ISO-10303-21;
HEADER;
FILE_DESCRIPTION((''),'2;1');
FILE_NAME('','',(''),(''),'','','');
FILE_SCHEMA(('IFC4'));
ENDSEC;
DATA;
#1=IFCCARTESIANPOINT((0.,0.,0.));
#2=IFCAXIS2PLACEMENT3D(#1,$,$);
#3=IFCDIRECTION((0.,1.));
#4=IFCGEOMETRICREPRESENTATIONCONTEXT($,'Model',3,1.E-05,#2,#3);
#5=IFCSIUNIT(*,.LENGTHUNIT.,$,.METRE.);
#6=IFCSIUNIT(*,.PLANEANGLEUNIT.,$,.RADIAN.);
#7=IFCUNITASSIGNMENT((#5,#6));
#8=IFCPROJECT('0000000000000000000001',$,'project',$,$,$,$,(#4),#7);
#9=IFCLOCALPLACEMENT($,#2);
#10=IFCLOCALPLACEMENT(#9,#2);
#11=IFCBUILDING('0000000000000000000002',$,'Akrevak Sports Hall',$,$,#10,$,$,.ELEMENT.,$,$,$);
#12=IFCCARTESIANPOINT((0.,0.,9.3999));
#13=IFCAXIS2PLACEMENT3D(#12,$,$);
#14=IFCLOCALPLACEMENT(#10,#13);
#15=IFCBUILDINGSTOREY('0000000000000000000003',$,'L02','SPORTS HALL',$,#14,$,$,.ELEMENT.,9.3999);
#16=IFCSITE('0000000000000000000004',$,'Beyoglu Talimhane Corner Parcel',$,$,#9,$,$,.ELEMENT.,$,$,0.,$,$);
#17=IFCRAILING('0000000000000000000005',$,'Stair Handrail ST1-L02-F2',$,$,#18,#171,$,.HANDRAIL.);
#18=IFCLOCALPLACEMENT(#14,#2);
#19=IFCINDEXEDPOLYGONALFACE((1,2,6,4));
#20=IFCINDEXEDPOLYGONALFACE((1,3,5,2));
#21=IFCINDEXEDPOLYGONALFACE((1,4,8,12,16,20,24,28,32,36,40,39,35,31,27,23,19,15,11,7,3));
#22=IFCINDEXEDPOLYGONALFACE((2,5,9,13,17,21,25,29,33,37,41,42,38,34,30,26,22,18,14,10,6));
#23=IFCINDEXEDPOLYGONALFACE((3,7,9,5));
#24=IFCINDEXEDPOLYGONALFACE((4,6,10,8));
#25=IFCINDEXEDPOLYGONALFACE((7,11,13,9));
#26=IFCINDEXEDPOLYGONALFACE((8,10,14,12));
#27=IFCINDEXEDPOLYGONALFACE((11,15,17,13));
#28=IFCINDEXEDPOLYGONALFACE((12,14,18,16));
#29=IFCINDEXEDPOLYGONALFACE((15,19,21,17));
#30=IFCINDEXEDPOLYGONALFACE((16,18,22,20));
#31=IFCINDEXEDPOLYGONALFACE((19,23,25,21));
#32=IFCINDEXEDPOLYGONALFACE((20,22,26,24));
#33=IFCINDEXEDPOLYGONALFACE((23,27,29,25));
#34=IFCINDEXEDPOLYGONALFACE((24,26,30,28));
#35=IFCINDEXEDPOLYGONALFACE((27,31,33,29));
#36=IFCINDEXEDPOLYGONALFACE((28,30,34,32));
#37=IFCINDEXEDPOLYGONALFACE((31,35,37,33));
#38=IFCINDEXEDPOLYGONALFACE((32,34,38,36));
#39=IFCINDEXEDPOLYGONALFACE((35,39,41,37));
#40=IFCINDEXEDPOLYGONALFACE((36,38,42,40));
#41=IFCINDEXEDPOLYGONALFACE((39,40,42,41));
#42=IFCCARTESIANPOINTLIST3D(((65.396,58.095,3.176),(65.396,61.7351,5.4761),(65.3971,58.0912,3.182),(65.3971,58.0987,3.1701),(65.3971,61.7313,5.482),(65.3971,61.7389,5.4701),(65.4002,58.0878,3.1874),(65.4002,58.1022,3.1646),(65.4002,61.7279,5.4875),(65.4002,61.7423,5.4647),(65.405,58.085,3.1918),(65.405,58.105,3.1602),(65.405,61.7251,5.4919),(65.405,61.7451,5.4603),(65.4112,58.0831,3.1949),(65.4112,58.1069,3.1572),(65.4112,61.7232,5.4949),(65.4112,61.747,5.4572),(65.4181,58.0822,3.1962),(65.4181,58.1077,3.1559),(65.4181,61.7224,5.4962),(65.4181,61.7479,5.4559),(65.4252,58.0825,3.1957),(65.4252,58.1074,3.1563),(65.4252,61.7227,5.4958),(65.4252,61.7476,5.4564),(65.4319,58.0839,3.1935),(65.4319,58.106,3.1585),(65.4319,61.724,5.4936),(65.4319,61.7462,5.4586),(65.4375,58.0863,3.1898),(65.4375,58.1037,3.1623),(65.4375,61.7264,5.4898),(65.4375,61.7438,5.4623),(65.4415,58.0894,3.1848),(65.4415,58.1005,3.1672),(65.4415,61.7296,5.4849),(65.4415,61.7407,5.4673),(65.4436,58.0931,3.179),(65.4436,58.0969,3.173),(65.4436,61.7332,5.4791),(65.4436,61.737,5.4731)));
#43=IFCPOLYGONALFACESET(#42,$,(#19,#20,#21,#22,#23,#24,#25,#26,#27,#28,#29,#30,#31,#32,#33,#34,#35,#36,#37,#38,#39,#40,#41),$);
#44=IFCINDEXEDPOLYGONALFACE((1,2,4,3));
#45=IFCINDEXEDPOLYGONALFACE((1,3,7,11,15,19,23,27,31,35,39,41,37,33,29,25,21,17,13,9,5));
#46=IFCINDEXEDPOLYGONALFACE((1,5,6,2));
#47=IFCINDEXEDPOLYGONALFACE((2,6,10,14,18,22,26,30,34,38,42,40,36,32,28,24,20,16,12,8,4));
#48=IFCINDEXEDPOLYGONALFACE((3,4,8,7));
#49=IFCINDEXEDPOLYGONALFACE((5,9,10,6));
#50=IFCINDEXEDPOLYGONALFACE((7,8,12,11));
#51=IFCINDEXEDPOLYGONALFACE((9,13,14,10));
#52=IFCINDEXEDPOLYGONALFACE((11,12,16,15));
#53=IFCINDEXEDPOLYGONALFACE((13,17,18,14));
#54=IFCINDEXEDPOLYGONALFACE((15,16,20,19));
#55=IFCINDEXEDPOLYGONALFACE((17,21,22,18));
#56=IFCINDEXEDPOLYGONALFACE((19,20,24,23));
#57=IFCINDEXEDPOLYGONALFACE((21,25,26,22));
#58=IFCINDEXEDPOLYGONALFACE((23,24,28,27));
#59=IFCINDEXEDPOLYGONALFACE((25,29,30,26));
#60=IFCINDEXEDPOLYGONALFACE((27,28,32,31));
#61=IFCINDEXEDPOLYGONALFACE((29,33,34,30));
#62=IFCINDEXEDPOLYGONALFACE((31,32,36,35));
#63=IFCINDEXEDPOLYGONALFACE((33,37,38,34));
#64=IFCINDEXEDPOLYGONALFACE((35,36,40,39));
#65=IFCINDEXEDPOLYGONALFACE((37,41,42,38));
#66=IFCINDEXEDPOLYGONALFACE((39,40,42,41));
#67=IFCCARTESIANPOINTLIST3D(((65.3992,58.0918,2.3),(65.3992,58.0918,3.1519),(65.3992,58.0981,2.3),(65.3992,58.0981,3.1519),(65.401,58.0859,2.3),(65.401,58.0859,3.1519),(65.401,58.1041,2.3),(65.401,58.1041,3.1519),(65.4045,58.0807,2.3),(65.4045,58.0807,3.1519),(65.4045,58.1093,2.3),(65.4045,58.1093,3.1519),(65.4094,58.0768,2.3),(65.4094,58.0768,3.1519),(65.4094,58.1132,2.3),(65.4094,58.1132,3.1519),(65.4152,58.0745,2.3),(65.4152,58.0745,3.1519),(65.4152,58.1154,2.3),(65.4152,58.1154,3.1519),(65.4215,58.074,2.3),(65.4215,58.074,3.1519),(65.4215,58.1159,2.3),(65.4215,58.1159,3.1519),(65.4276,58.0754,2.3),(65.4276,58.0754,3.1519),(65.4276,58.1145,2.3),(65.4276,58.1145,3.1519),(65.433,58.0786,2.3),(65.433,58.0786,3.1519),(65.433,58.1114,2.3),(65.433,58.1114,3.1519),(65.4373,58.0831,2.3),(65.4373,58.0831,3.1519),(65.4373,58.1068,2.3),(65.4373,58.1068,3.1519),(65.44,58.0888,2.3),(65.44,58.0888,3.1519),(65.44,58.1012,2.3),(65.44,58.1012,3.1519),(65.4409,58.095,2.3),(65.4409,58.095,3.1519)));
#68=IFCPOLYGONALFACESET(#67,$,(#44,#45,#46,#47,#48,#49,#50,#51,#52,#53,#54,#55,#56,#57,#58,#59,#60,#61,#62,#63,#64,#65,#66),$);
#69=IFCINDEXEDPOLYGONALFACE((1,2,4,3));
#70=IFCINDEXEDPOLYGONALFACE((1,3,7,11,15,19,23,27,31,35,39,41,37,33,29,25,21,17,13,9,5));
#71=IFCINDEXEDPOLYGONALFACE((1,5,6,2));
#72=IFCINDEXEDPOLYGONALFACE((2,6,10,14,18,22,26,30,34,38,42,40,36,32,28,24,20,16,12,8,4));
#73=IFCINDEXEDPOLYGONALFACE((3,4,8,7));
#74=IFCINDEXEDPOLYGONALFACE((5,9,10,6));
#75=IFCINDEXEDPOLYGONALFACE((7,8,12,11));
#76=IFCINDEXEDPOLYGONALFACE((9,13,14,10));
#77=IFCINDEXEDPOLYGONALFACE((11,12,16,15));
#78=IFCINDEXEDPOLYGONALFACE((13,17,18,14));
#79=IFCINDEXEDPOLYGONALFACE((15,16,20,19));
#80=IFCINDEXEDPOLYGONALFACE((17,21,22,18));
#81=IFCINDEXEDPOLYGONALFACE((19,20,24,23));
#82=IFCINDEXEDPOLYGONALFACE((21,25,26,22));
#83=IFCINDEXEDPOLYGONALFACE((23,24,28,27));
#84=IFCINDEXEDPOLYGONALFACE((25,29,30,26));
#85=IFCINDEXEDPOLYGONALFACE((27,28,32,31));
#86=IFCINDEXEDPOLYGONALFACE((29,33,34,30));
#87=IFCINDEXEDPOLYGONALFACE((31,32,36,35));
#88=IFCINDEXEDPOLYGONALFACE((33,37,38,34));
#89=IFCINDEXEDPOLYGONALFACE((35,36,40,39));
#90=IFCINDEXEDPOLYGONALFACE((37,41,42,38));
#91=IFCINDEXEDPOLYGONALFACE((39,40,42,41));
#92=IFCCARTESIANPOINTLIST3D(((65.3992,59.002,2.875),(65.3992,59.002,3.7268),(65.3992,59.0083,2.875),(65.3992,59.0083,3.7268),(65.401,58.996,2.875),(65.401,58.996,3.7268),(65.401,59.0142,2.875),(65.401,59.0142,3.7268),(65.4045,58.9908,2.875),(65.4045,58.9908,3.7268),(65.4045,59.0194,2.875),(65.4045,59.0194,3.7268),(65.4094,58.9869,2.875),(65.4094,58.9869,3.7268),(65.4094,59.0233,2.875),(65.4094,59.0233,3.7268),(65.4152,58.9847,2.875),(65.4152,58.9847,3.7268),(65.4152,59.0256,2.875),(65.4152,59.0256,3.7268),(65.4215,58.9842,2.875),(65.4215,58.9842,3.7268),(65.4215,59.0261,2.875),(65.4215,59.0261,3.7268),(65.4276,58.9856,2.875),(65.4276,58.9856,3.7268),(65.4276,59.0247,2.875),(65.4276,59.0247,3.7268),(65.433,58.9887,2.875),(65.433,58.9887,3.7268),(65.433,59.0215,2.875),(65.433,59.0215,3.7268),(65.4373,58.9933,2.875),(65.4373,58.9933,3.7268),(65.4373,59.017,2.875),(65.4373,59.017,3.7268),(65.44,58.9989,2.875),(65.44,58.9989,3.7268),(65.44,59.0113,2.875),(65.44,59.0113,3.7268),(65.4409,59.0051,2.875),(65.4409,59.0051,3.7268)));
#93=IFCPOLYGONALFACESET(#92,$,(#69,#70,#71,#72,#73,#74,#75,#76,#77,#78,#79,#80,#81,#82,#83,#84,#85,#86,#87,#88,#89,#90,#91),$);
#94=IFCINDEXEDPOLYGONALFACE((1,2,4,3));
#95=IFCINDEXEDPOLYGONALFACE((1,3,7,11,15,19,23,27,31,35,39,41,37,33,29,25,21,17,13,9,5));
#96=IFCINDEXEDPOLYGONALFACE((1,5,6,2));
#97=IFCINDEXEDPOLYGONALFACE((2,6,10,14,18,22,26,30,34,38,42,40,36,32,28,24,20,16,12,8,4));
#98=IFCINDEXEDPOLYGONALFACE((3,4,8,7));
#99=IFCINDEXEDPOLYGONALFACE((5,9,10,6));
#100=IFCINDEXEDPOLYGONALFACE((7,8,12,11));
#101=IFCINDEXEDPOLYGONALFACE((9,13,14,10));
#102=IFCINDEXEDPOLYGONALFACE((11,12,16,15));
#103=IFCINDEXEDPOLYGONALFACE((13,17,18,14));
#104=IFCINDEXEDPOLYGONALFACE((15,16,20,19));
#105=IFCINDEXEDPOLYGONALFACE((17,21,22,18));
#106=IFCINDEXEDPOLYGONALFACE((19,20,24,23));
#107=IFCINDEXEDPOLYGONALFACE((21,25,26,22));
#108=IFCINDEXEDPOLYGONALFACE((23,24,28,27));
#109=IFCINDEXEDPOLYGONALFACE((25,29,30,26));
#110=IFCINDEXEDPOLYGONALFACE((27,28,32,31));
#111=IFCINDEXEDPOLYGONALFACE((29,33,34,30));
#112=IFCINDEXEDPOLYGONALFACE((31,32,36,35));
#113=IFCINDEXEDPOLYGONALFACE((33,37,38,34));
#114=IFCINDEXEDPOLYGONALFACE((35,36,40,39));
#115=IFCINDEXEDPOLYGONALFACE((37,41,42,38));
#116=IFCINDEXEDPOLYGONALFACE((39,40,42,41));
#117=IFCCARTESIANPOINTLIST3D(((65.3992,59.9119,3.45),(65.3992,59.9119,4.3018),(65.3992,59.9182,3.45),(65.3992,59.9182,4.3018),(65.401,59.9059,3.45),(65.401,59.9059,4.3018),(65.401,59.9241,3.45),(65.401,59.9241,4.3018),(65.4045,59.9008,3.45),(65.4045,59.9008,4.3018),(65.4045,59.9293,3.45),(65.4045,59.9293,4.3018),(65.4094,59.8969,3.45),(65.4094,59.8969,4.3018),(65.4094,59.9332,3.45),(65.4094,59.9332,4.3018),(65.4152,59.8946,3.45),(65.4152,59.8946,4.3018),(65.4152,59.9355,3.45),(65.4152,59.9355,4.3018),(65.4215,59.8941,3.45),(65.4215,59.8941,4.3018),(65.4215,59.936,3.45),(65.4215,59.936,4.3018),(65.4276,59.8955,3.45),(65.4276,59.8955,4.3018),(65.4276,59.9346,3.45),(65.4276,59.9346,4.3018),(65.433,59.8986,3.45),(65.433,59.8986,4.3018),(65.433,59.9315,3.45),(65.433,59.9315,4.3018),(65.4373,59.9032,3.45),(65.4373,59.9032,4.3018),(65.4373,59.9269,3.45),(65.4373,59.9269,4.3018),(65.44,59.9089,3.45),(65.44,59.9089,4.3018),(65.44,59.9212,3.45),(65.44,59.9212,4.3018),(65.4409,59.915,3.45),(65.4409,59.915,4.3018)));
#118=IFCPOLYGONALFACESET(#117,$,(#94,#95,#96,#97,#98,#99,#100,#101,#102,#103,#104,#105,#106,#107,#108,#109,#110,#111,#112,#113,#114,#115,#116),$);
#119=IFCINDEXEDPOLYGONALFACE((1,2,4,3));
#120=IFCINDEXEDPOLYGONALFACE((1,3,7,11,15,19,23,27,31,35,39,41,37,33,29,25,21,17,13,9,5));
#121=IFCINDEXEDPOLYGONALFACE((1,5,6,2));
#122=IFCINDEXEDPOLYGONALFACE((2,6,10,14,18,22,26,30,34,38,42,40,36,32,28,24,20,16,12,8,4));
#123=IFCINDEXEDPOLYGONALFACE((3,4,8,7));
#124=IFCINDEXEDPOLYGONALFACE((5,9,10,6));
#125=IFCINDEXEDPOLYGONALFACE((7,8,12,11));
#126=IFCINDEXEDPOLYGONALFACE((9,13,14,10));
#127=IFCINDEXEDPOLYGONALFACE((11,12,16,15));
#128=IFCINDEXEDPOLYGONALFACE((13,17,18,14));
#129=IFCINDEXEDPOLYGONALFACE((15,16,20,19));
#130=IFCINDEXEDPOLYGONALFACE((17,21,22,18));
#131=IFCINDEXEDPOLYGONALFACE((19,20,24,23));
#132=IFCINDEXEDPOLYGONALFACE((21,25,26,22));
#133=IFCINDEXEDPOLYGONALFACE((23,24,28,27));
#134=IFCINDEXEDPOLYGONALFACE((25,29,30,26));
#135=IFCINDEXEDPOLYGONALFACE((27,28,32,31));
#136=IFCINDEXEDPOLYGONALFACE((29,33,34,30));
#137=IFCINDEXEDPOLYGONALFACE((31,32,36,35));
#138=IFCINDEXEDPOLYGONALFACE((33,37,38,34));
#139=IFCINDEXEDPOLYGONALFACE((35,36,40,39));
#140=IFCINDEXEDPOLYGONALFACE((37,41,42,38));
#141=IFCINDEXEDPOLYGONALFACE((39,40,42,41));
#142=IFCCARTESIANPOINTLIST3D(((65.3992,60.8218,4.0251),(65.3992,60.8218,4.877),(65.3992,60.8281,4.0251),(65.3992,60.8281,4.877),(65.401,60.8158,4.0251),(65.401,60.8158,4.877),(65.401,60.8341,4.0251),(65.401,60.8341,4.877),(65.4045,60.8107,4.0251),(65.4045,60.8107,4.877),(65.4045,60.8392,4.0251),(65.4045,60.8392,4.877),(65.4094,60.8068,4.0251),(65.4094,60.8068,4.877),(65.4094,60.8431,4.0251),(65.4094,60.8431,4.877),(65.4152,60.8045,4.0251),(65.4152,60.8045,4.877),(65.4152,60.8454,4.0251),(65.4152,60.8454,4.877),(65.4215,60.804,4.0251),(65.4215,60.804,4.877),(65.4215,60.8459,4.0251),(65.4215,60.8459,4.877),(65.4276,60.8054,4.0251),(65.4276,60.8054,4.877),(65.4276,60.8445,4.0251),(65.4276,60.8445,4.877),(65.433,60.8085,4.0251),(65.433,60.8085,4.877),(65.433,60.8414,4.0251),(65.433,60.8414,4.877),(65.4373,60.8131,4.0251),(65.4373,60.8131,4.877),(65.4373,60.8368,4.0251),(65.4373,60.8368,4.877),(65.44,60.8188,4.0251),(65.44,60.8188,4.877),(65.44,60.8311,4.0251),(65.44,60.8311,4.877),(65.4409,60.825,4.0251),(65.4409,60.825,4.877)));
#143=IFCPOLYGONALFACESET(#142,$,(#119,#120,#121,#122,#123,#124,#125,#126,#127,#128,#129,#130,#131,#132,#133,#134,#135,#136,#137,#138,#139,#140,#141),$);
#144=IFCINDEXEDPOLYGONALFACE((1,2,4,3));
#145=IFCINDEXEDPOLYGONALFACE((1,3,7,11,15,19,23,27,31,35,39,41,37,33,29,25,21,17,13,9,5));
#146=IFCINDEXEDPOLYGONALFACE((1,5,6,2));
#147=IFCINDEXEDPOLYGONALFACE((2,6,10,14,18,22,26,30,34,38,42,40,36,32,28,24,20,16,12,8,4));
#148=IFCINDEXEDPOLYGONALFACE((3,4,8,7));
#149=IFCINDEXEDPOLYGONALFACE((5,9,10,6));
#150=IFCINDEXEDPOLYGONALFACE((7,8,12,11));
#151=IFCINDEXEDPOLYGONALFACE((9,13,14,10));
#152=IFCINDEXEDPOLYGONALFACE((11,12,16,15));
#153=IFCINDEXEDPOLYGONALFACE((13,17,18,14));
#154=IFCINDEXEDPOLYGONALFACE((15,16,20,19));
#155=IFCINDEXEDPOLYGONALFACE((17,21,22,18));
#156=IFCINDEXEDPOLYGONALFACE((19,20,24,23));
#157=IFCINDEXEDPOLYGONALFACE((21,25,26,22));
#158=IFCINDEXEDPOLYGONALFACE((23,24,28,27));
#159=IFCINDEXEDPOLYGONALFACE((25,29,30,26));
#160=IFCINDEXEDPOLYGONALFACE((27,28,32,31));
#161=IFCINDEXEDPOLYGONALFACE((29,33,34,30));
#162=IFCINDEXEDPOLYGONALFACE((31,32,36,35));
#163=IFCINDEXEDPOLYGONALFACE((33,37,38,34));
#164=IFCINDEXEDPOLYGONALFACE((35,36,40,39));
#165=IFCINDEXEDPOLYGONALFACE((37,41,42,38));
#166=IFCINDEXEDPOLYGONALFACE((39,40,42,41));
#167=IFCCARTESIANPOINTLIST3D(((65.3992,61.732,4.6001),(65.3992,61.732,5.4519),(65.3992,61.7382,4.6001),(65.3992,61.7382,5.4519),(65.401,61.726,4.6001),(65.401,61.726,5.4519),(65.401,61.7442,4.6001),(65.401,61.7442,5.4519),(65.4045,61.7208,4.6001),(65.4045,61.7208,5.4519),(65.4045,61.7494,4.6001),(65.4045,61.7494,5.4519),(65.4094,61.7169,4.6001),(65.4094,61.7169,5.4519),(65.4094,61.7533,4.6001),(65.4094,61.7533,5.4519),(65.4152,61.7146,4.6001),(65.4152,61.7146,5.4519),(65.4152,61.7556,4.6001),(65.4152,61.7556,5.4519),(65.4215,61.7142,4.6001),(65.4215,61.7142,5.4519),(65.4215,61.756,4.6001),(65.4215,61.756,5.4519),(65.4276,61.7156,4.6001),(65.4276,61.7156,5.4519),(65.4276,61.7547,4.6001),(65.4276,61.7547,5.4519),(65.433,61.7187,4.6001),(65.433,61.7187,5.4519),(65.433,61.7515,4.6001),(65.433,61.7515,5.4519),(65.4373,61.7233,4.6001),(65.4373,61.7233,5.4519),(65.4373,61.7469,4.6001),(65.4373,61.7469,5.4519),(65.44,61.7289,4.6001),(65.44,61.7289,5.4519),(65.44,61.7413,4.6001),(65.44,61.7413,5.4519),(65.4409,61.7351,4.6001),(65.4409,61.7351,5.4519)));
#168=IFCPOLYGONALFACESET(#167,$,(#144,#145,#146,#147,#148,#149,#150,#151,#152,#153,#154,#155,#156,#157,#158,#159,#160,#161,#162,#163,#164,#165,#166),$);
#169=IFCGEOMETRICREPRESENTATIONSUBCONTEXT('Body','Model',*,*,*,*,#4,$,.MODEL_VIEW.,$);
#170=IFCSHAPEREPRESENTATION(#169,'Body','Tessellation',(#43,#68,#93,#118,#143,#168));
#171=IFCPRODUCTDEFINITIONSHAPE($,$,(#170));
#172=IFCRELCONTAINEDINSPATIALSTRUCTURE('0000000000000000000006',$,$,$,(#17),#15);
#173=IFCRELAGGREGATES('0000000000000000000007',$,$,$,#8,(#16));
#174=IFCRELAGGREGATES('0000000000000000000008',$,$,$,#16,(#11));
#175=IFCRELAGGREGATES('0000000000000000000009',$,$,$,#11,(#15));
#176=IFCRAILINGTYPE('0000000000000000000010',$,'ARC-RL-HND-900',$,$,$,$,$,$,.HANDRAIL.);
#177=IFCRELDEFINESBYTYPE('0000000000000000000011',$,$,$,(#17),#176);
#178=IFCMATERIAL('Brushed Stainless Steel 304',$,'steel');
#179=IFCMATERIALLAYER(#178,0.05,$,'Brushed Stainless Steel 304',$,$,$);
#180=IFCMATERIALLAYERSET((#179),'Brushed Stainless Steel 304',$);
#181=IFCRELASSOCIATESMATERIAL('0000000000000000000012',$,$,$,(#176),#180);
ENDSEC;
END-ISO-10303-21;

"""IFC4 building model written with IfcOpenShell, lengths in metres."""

from ifc_helpers import new_model, si_unit, direction, frame, origin, origin_2d, place, context, subcontext, project, spatial, circle, extrude, material, layer, layer_set, type_object, element, save


model = new_model("IFC4")

# Units and contexts
model_context = context("Model", 3, precision=1e-05, world=origin(), true_north=direction((0.0, 1.0)))
body_context = subcontext(model_context, "Body", "Model", "MODEL_VIEW")
ifc_project = project(units=[si_unit("LENGTHUNIT", "METRE"), si_unit("PLANEANGLEUNIT", "RADIAN")], contexts=[model_context])

# Site, building, storey
site_placement = place(None, origin())
site = spatial("IfcSite", under=ifc_project, at=site_placement, Name="Beyoglu Talimhane Corner Parcel", CompositionType="ELEMENT", RefElevation=0.0)
building_placement = place(site_placement, origin())
building = spatial("IfcBuilding", under=site, at=building_placement, Name="Akrevak Sports Hall", CompositionType="ELEMENT")
storey_placement = place(building_placement, frame((0.0, 0.0, 9.3999)))
storey = spatial("IfcBuildingStorey", under=building, at=storey_placement, Name="L02", Description="SPORTS HALL", CompositionType="ELEMENT", Elevation=9.3999)

# Shared definitions
ifc_material_1 = material(Name="Brushed Stainless Steel 304", Category="steel")

# Railing
ifc_layer_1 = layer(ifc_material_1, 0.05, Name="Brushed Stainless Steel 304")
ifc_layer_set_1 = layer_set([ifc_layer_1], Name="Brushed Stainless Steel 304")
railing_type_1 = type_object("IfcRailingType", Name="ARC-RL-HND-900", PredefinedType="HANDRAIL", material=ifc_layer_set_1)
railing_1_placement = place(storey_placement, frame((65.4199, 58.095, 2.3)))
element("IfcRailing", 1, at=railing_1_placement, inside=storey, type_object=railing_type_1, Name="Stair Handrail ST1-L02-F2", PredefinedType="HANDRAIL", context=body_context, shape_type="SweptSolid", body=[
    extrude(circle(Radius=0.0239, at=origin_2d()), frame((0.0, 0.0, 0.876), z_axis=(0.0, 0.845382, 0.534162), x_axis=(-1.0, 0.0, 0.0)), (0.0, 0.0, 1.0), 4.3059),
    extrude(circle(Radius=0.021, at=origin_2d()), origin(), (0.0, 0.0, 1.0), 0.8518),
    extrude(circle(Radius=0.021, at=origin_2d()), frame((0.0, 0.9102, 0.575)), (0.0, 0.0, 1.0), 0.8518),
    extrude(circle(Radius=0.021, at=origin_2d()), frame((0.0, 1.8201, 1.1499)), (0.0, 0.0, 1.0), 0.8518),
    extrude(circle(Radius=0.021, at=origin_2d()), frame((0.0, 2.73, 1.7251)), (0.0, 0.0, 1.0), 0.8518),
    extrude(circle(Radius=0.021, at=origin_2d()), frame((0.0, 3.6401, 2.3)), (0.0, 0.0, 1.0), 0.8518),
])

save(model, "model.ifc")
